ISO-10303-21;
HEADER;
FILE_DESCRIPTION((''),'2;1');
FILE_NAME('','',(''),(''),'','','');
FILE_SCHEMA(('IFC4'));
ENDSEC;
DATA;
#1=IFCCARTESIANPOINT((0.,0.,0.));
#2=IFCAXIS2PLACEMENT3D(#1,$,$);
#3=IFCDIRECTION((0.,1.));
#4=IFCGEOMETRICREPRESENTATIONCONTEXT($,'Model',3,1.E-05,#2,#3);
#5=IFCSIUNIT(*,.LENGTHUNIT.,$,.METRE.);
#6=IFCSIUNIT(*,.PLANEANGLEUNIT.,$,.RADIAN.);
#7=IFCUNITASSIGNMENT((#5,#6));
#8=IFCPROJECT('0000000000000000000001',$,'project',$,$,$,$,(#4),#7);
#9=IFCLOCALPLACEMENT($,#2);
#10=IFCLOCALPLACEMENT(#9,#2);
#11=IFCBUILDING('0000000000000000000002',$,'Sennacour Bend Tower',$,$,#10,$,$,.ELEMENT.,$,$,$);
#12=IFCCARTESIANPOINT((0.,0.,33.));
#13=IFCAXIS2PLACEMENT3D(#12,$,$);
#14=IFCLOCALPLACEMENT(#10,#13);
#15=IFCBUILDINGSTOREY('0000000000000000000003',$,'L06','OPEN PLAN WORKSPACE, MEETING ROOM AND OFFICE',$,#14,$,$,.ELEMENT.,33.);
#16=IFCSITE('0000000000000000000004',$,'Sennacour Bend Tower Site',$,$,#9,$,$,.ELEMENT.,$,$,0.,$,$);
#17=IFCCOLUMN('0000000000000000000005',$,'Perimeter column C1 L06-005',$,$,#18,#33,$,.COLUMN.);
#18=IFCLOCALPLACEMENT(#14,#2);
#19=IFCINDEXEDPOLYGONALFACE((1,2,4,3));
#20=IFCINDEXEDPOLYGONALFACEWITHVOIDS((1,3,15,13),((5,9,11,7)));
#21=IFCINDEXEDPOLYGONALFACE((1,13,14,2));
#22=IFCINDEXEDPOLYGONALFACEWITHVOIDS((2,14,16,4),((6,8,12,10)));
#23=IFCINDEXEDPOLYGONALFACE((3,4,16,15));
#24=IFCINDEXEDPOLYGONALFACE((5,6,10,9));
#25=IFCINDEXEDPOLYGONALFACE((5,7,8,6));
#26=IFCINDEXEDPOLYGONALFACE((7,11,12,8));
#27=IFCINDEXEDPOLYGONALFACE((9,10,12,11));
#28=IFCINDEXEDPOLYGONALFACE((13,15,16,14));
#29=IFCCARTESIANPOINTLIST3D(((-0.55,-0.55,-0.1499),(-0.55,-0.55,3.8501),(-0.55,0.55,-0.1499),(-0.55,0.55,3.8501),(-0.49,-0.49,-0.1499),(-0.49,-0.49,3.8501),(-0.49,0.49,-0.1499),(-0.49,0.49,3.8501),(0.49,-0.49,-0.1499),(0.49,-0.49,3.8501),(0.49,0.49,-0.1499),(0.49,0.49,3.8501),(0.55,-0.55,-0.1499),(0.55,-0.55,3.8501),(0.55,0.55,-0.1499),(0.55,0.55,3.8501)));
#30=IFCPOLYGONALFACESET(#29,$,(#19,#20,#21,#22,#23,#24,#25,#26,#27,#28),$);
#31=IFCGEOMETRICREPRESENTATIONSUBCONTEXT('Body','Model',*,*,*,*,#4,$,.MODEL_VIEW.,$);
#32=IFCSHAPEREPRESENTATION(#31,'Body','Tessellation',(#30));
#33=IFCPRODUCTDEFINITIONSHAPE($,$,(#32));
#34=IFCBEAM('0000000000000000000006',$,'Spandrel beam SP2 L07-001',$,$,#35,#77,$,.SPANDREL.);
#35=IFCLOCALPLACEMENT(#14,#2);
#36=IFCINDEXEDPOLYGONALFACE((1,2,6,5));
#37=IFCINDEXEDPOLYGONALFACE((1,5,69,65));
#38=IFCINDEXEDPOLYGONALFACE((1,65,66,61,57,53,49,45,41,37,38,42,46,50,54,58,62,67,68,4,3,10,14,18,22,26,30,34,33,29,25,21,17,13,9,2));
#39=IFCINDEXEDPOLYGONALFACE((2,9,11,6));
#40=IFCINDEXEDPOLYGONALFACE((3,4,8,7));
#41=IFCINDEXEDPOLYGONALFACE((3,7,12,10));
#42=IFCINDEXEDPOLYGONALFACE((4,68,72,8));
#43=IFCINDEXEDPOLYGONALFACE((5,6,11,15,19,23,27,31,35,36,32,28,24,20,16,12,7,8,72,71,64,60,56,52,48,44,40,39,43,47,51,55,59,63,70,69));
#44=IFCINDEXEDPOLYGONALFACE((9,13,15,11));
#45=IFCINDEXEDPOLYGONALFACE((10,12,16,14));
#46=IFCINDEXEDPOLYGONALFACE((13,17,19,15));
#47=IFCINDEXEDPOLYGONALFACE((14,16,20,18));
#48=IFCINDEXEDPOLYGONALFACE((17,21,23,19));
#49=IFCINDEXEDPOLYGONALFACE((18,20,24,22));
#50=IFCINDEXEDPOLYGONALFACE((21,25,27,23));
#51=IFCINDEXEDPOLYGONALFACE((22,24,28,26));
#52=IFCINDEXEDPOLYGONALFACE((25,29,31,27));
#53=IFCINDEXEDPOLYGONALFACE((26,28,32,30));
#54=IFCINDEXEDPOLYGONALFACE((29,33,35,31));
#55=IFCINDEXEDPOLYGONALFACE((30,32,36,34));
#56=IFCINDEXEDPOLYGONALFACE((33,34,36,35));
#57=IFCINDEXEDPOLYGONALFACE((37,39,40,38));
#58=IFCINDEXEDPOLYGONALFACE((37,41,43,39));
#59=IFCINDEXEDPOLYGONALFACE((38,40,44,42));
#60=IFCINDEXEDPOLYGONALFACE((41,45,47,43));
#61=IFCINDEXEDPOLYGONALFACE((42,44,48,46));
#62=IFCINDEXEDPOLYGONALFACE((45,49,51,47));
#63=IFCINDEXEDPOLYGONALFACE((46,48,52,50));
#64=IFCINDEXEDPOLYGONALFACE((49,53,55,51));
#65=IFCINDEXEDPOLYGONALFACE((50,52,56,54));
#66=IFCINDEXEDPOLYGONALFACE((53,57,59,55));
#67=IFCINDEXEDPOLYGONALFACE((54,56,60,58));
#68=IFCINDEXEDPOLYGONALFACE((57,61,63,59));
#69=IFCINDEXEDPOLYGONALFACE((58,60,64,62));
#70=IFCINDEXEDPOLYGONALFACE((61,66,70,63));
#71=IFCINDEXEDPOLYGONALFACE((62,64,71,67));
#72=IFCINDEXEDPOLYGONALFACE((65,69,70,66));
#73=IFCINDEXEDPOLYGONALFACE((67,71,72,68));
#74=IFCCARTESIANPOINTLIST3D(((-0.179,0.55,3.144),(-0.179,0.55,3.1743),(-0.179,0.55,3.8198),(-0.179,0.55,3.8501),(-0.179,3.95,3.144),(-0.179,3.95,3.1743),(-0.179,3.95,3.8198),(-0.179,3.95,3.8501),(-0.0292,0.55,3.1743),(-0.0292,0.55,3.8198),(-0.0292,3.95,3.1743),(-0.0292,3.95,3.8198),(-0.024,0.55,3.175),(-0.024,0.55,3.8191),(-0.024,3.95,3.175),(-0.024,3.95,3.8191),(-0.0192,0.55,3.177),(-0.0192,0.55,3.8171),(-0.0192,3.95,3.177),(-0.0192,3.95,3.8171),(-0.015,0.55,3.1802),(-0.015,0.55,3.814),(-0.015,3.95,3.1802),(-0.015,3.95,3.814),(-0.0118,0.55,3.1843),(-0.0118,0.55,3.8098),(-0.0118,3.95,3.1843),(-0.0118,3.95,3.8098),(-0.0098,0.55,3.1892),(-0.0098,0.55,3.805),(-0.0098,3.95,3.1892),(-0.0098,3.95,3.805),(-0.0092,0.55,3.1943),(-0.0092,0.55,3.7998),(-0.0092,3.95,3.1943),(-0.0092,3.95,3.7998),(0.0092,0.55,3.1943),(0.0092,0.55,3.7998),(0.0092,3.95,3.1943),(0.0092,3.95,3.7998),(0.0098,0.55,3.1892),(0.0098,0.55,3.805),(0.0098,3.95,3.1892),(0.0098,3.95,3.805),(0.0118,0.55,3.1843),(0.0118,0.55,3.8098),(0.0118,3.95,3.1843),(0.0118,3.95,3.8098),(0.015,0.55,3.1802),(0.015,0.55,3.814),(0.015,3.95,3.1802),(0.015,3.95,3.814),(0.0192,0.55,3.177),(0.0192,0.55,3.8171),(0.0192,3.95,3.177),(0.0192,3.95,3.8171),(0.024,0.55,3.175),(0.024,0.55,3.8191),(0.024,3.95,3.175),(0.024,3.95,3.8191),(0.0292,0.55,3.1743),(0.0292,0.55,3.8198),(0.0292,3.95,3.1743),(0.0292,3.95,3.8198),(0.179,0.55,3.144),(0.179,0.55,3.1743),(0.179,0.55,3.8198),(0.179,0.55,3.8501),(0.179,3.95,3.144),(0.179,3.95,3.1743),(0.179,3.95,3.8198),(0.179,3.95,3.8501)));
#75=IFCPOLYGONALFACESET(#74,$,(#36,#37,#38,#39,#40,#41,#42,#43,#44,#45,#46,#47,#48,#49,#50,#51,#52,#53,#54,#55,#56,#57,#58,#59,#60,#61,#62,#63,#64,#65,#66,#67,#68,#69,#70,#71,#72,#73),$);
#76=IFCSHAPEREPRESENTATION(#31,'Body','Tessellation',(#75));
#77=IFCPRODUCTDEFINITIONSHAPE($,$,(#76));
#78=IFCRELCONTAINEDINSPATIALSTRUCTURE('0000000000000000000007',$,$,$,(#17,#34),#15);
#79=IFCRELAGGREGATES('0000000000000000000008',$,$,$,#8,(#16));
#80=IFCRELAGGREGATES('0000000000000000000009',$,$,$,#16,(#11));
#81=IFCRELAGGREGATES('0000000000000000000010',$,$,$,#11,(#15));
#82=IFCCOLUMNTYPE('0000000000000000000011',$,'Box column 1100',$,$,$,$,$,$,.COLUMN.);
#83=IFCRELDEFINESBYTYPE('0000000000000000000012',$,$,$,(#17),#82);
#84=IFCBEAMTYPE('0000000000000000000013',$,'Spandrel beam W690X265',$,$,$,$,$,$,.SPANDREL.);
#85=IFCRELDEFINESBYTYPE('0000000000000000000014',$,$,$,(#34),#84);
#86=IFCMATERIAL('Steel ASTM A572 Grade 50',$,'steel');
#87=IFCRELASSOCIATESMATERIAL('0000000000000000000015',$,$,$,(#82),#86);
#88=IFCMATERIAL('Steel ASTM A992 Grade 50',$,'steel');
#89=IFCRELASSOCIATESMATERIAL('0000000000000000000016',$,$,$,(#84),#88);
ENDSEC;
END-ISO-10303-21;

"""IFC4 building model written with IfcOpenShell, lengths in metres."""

from ifc_helpers import new_model, si_unit, direction, frame, origin, origin_2d, place, context, subcontext, project, spatial, hollow_rectangle, i_section, extrude, material, material_profile, profile_set, type_object, element, save


model = new_model("IFC4")

# Units and contexts
model_context = context("Model", 3, precision=1e-05, world=origin(), true_north=direction((0.0, 1.0)))
body_context = subcontext(model_context, "Body", "Model", "MODEL_VIEW")
ifc_project = project(units=[si_unit("LENGTHUNIT", "METRE"), si_unit("PLANEANGLEUNIT", "RADIAN")], contexts=[model_context])

# Site, building, storey
site_placement = place(None, origin())
site = spatial("IfcSite", under=ifc_project, at=site_placement, Name="Sennacour Bend Tower Site", CompositionType="ELEMENT", RefElevation=0.0)
building_placement = place(site_placement, origin())
building = spatial("IfcBuilding", under=site, at=building_placement, Name="Sennacour Bend Tower", CompositionType="ELEMENT")
storey_placement = place(building_placement, frame((0.0, 0.0, 33.0)))
storey = spatial("IfcBuildingStorey", under=building, at=storey_placement, Name="L06", Description="OPEN PLAN WORKSPACE, MEETING ROOM AND OFFICE", CompositionType="ELEMENT", Elevation=33.0)

# Column
ifc_material_1 = material(Name="Steel ASTM A572 Grade 50", Category="steel")
ifc_material_profile_1 = material_profile(ifc_material_1, hollow_rectangle(XDim=1.1001, YDim=1.1001, WallThickness=0.0601, at=origin_2d()), Name="Steel ASTM A572 Grade 50", Category="steel")
ifc_profile_set_1 = profile_set([ifc_material_profile_1], Name="Steel ASTM A572 Grade 50")
column_type = type_object("IfcColumnType", Name="Box column 1100", PredefinedType="COLUMN", material=ifc_profile_set_1)
column_placement = place(storey_placement, frame((0.0, 0.0, -0.1499), z_axis=(0.0, 0.0, 1.0), x_axis=(1.0, 0.0, 0.0)))
element("IfcColumn", 1, at=column_placement, inside=storey, type_object=column_type, Name="Perimeter column C1 L06-005", PredefinedType="COLUMN", context=body_context, shape_type="SweptSolid", body=[
    extrude(hollow_rectangle(XDim=1.1001, YDim=1.1001, WallThickness=0.0601, at=origin_2d()), origin(), (0.0, 0.0, 1.0), 4.0),
])

# Beam
ifc_material_2 = material(Name="Steel ASTM A992 Grade 50", Category="steel")
ifc_material_profile_2 = material_profile(ifc_material_2, i_section(OverallWidth=0.3579, OverallDepth=0.7061, WebThickness=0.0183, FlangeThickness=0.0303, FilletRadius=0.02, at=origin_2d()), Name="Steel ASTM A992 Grade 50", Category="steel")
ifc_profile_set_2 = profile_set([ifc_material_profile_2], Name="Steel ASTM A992 Grade 50")
beam_type = type_object("IfcBeamType", Name="Spandrel beam W690X265", PredefinedType="SPANDREL", material=ifc_profile_set_2)
beam_placement = place(storey_placement, frame((0.0, 0.55, 3.4971), z_axis=(0.0, 1.0, 0.0), x_axis=(-1.0, 0.0, 0.0)))
element("IfcBeam", 2, at=beam_placement, inside=storey, type_object=beam_type, Name="Spandrel beam SP2 L07-001", PredefinedType="SPANDREL", context=body_context, shape_type="SweptSolid", body=[
    extrude(i_section(OverallWidth=0.3579, OverallDepth=0.7061, WebThickness=0.0183, FlangeThickness=0.0303, FilletRadius=0.02, at=origin_2d()), origin(), (0.0, 0.0, 1.0), 3.3999),
])

save(model, "model.ifc")
